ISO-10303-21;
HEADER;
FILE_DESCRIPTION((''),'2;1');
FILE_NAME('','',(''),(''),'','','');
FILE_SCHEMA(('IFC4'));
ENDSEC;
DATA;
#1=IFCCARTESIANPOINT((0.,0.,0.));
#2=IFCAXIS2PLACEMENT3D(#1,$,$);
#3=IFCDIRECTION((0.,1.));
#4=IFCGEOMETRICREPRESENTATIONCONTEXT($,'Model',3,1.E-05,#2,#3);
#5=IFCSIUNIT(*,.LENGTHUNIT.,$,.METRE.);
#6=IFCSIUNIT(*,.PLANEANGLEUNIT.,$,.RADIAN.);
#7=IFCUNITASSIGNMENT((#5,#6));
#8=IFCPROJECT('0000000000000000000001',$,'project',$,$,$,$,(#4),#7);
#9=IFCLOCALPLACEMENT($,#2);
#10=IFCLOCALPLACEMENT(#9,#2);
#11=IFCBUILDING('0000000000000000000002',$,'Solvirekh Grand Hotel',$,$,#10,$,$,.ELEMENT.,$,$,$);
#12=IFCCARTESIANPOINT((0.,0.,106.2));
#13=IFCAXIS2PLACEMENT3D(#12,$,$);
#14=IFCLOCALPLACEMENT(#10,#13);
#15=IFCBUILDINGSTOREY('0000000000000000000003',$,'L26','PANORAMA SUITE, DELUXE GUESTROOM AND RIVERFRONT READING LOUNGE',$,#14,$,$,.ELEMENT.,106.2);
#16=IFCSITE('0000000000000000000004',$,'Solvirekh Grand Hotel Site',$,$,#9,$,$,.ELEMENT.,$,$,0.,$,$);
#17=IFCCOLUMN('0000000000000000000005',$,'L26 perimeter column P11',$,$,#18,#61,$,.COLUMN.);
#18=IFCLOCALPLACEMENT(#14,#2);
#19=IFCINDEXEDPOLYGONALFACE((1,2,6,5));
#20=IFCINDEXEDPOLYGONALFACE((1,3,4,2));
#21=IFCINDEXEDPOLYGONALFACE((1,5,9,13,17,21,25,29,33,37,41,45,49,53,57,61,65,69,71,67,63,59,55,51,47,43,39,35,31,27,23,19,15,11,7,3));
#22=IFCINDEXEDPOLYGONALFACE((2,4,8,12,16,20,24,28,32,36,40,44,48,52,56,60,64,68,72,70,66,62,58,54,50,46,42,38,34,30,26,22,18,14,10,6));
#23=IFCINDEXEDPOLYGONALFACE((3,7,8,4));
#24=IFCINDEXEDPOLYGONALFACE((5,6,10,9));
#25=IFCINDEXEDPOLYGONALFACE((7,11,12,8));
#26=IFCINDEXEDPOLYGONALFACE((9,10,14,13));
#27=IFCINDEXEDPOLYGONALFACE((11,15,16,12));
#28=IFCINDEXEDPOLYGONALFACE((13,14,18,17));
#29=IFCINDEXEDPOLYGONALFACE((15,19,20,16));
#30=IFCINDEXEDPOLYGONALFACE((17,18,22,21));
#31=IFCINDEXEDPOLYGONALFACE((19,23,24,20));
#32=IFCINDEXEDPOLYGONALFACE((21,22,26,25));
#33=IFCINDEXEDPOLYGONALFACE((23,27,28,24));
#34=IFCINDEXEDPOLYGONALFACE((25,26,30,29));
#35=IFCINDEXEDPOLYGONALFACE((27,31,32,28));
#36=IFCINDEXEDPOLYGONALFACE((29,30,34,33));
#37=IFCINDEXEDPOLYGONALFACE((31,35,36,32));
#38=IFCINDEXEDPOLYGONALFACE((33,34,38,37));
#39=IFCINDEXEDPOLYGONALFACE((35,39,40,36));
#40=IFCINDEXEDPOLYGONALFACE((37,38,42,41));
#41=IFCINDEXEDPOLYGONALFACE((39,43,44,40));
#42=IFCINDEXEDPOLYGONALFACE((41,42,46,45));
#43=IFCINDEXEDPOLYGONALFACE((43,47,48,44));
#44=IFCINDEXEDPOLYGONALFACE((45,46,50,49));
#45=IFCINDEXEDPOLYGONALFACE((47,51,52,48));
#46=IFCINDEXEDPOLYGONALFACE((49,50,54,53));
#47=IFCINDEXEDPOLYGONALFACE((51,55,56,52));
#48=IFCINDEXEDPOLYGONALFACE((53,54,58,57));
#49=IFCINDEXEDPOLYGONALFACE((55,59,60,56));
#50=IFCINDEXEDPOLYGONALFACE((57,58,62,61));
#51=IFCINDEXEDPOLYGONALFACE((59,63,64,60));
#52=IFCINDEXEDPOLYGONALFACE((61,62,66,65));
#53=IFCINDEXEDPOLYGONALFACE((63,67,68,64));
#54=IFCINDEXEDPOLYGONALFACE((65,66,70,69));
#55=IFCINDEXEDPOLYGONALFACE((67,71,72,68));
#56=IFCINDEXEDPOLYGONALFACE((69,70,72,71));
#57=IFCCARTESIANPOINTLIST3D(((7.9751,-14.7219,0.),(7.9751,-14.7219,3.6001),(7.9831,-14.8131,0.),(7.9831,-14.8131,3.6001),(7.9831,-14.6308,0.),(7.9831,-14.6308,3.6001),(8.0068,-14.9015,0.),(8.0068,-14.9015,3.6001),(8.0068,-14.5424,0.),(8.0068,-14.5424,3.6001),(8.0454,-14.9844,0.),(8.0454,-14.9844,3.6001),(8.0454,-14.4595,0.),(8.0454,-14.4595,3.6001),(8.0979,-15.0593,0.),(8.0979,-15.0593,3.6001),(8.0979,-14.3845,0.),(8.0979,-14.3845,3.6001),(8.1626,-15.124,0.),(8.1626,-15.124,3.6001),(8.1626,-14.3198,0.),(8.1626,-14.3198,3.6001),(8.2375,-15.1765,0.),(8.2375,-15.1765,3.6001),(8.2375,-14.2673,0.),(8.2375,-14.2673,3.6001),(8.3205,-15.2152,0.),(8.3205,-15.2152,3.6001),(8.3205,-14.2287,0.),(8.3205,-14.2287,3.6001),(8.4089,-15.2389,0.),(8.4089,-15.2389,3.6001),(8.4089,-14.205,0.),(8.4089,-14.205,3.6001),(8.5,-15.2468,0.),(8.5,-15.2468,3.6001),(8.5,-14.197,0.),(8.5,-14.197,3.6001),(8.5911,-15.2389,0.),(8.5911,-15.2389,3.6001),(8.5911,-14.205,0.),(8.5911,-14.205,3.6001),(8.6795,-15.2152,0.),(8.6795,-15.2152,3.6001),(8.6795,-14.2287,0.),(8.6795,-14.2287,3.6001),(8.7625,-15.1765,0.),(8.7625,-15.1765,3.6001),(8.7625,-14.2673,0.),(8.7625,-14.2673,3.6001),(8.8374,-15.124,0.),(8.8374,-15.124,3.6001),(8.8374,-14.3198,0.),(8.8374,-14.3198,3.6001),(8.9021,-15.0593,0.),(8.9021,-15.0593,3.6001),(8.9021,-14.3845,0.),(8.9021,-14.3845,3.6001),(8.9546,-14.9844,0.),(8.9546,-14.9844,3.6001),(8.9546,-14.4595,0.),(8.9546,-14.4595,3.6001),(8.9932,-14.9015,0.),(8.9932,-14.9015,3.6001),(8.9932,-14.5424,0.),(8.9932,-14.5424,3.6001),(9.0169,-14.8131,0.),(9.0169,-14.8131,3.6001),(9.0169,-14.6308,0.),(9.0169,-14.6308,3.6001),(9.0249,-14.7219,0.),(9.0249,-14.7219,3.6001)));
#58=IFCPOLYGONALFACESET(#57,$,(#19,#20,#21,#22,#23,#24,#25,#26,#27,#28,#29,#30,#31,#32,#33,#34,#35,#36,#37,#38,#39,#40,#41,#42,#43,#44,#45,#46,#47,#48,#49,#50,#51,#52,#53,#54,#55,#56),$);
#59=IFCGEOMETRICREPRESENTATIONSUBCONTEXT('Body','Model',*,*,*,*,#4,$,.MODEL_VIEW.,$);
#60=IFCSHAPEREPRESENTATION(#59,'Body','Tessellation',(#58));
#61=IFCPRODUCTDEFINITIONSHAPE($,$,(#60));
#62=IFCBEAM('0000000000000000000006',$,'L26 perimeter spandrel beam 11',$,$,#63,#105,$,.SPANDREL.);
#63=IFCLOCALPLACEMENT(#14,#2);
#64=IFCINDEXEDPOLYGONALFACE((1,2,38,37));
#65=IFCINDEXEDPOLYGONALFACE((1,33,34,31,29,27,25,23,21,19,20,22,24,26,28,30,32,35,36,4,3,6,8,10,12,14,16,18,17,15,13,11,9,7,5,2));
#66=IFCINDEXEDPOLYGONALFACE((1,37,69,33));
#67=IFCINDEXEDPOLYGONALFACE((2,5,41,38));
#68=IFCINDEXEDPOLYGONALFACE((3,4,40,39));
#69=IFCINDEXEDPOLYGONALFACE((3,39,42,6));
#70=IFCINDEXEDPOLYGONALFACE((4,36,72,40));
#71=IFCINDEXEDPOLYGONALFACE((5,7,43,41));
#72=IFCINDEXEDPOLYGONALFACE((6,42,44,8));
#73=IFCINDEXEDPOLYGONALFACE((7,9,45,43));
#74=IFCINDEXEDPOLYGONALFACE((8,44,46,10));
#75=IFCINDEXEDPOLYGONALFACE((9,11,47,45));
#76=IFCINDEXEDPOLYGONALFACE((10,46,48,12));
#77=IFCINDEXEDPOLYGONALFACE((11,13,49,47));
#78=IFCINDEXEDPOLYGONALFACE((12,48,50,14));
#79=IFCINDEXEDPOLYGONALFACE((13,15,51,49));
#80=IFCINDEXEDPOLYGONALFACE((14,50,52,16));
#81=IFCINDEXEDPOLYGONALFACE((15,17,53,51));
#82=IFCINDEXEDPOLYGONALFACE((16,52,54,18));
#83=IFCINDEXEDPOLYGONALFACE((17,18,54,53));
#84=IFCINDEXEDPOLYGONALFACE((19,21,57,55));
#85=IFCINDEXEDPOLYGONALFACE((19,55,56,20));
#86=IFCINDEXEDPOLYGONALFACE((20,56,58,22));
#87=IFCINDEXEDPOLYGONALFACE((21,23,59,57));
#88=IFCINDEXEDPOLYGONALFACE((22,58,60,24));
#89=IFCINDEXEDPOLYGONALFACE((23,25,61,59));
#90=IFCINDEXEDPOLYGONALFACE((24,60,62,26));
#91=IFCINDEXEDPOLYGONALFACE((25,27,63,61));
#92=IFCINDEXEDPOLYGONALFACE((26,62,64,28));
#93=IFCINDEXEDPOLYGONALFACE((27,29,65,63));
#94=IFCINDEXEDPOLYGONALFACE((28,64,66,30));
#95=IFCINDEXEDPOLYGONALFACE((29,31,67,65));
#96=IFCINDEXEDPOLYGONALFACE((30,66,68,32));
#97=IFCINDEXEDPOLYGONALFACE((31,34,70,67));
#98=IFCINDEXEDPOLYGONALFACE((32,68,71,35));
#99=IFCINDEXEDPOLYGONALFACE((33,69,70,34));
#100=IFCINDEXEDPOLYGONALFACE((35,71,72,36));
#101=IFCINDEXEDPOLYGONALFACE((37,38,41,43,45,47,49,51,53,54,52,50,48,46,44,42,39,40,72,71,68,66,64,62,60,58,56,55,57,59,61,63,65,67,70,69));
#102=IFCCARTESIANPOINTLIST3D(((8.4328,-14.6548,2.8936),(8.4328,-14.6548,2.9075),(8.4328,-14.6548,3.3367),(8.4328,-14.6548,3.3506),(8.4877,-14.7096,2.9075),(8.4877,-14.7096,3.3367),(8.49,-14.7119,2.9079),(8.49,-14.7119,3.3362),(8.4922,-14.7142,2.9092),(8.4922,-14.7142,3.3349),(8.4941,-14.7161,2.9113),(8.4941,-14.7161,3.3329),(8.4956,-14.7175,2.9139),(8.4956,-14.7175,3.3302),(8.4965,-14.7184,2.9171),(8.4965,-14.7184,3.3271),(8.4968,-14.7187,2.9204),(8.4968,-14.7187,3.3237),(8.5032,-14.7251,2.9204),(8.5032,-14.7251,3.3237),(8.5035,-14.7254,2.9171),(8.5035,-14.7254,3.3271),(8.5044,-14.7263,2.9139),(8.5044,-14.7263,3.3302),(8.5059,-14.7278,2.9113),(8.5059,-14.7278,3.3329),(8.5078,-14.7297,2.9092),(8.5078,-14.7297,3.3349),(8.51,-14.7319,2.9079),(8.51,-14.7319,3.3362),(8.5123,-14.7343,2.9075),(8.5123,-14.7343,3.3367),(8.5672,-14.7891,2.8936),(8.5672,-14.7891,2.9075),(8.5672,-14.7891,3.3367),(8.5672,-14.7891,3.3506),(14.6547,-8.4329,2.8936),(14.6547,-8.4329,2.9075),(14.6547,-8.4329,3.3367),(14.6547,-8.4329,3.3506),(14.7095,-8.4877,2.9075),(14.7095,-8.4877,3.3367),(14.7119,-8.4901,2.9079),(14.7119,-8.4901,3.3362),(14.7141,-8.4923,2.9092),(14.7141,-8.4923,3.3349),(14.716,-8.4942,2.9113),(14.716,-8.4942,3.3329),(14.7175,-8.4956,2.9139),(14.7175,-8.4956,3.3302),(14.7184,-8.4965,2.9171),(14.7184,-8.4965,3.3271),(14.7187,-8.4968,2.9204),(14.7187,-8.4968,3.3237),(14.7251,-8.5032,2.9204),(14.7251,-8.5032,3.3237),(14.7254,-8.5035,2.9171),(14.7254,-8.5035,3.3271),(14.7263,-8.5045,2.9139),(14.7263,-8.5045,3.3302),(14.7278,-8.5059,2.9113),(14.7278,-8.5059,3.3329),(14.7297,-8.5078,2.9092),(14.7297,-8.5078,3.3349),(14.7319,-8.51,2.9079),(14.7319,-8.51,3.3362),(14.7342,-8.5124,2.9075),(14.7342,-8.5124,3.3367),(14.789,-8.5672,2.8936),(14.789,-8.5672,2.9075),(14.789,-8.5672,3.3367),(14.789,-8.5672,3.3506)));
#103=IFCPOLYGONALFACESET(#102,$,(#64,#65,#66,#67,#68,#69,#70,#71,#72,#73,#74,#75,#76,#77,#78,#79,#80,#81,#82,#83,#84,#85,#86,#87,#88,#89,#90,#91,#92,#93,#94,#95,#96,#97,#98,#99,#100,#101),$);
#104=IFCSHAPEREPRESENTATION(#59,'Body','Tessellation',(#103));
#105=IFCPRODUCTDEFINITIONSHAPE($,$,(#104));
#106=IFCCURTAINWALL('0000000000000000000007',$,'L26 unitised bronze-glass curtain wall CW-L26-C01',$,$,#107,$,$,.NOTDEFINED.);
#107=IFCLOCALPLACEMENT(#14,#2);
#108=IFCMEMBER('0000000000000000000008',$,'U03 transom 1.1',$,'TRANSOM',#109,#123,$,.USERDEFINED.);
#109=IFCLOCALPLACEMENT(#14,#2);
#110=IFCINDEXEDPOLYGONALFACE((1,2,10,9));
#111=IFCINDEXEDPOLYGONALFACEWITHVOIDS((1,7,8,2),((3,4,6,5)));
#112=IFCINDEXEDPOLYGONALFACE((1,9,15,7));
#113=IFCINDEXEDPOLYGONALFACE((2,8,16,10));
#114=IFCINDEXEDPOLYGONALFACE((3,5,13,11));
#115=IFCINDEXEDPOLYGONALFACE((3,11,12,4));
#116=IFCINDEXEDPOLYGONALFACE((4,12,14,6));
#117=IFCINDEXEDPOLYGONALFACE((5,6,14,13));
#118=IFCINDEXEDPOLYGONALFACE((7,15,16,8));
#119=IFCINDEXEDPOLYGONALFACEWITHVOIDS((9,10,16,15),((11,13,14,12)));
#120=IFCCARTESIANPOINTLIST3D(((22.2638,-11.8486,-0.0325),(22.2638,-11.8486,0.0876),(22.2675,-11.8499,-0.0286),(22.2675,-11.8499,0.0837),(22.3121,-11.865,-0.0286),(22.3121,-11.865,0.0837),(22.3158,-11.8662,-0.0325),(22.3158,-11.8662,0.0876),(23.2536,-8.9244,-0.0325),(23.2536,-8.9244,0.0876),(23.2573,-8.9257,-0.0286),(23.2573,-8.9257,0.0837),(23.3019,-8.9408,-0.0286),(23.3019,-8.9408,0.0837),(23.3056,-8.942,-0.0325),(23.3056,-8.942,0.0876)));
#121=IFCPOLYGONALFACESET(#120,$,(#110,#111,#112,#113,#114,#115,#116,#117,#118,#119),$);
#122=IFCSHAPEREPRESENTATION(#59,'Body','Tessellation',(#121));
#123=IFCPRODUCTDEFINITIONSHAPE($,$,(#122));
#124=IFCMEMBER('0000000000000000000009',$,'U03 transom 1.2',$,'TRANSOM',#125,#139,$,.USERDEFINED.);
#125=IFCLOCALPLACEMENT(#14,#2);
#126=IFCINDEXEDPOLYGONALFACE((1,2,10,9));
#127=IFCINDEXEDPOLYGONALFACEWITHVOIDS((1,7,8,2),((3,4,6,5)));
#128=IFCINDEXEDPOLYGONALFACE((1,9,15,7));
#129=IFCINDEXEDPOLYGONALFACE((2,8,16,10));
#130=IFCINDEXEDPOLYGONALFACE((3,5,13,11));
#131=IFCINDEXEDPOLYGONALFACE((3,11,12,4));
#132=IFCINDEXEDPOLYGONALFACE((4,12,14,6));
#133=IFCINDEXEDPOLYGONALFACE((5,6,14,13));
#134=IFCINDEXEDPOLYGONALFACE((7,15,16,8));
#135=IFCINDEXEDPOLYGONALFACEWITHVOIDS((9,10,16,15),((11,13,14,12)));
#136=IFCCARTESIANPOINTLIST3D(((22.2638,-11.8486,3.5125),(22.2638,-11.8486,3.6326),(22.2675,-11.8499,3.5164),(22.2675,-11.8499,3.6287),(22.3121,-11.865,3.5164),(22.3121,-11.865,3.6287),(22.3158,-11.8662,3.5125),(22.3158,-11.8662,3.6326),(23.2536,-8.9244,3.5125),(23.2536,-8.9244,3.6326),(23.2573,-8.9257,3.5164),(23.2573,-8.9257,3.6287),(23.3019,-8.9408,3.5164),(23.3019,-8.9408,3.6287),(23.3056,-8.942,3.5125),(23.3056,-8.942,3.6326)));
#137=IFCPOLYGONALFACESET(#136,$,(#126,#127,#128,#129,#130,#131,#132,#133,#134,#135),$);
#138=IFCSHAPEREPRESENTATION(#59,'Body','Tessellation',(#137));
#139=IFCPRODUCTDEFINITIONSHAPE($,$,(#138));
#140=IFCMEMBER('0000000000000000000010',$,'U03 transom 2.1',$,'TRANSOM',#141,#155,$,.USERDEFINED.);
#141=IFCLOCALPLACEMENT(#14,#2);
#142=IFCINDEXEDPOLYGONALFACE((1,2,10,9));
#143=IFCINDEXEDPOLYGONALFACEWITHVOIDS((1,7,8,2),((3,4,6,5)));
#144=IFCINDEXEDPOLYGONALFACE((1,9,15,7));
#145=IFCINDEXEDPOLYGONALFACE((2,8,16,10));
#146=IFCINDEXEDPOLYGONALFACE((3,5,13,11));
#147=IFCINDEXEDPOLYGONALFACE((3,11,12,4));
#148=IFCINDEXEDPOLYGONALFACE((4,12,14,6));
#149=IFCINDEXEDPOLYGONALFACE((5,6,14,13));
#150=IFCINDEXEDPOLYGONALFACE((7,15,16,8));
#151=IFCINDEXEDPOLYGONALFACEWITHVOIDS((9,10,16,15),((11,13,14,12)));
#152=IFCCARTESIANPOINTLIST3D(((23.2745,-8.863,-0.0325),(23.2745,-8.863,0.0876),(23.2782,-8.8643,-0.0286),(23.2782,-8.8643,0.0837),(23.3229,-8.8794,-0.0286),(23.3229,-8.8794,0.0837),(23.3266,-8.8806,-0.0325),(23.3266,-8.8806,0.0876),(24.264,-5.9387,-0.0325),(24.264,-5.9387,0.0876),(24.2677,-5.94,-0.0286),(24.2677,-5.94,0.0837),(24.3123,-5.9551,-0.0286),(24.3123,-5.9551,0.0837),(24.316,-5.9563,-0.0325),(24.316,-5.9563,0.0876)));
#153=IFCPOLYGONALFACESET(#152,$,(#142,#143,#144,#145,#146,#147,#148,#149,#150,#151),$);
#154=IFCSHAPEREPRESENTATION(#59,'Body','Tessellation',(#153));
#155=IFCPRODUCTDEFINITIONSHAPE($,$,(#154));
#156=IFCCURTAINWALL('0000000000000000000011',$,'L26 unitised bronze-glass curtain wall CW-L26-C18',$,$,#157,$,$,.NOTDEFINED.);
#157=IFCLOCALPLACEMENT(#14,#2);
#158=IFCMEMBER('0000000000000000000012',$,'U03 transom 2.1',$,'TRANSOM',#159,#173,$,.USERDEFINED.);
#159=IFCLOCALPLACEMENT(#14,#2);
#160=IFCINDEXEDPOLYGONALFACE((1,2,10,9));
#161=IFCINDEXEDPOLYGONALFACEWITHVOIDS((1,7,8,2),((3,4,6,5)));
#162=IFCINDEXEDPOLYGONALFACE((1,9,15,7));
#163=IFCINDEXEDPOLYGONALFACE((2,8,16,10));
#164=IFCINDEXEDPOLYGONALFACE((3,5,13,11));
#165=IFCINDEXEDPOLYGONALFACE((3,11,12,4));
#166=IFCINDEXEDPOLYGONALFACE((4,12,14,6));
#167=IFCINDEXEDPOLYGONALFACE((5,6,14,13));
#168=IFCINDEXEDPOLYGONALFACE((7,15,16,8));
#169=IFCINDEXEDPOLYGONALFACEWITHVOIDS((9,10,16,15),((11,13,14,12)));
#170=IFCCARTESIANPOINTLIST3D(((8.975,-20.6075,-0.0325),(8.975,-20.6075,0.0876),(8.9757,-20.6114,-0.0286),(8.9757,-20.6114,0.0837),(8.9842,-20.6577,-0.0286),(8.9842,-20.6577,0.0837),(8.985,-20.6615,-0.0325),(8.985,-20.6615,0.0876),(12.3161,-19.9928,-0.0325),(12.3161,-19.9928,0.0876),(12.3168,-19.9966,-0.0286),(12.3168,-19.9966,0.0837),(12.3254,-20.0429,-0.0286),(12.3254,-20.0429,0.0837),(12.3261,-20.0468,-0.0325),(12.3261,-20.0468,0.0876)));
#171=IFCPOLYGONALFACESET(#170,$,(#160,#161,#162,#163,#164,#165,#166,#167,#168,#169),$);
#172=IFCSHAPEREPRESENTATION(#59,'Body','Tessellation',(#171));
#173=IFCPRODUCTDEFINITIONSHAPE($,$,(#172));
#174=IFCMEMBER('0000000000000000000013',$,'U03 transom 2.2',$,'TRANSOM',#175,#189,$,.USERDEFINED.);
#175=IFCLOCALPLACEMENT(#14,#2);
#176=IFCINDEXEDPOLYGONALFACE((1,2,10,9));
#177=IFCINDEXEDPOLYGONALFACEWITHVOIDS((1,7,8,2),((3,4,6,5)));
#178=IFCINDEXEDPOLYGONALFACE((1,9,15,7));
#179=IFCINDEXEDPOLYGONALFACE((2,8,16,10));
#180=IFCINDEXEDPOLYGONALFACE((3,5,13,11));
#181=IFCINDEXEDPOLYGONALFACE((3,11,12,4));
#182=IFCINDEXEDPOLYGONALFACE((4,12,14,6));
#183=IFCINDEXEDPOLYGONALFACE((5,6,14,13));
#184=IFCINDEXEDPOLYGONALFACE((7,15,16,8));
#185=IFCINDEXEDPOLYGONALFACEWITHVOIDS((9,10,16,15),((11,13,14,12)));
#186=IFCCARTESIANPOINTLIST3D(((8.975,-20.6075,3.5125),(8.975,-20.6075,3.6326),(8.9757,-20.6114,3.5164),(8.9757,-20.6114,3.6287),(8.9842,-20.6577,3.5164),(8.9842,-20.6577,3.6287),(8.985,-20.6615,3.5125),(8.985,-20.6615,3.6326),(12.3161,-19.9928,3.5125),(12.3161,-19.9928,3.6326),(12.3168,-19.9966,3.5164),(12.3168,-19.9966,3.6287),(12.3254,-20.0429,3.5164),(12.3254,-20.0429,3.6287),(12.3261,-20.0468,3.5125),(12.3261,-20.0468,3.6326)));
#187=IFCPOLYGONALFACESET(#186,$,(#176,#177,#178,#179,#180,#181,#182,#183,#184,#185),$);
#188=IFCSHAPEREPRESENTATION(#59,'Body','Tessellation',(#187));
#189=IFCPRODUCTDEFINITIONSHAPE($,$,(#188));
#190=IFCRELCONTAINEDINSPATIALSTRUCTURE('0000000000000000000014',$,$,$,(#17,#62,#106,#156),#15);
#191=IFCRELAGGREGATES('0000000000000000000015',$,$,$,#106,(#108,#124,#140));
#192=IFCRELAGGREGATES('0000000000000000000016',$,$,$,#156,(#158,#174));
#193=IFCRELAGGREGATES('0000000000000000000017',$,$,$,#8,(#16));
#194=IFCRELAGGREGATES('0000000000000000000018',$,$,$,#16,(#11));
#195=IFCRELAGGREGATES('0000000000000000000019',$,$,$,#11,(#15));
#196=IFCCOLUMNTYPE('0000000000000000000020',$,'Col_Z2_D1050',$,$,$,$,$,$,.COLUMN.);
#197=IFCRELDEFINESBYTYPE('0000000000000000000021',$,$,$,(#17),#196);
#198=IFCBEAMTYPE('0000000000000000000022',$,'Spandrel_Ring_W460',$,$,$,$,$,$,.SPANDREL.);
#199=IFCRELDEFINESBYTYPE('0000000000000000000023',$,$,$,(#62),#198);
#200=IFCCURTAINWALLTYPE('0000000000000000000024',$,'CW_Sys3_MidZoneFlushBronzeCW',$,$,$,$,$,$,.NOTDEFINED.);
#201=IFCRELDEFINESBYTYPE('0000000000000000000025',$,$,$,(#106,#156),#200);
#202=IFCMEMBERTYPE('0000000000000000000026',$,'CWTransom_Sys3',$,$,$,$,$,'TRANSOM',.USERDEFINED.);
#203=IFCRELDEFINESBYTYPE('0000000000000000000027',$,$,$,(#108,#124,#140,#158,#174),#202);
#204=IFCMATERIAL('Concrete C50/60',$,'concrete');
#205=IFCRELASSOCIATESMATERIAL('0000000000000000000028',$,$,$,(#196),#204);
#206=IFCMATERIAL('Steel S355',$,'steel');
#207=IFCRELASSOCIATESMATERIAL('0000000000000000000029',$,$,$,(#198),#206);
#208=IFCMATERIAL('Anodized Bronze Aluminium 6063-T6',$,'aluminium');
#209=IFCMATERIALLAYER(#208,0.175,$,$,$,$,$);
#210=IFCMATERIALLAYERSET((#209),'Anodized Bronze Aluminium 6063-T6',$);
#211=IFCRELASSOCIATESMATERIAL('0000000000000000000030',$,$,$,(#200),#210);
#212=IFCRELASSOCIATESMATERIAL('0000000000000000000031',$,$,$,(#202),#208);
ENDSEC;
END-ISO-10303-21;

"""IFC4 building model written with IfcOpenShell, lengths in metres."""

from ifc_helpers import new_model, si_unit, direction, frame, origin, origin_2d, place, context, subcontext, project, spatial, hollow_rectangle, circle, i_section, extrude, source, transform, mapped, material, layer, layer_set, material_profile, profile_set, type_object, element, aggregate, save


model = new_model("IFC4")

# Units and contexts
model_context = context("Model", 3, precision=1e-05, world=origin(), true_north=direction((0.0, 1.0)))
body_context = subcontext(model_context, "Body", "Model", "MODEL_VIEW")
ifc_project = project(units=[si_unit("LENGTHUNIT", "METRE"), si_unit("PLANEANGLEUNIT", "RADIAN")], contexts=[model_context])

# Site, building, storey
site_placement = place(None, origin())
site = spatial("IfcSite", under=ifc_project, at=site_placement, Name="Solvirekh Grand Hotel Site", CompositionType="ELEMENT", RefElevation=0.0)
building_placement = place(site_placement, origin())
building = spatial("IfcBuilding", under=site, at=building_placement, Name="Solvirekh Grand Hotel", CompositionType="ELEMENT")
storey_placement = place(building_placement, frame((0.0, 0.0, 106.2)))
storey = spatial("IfcBuildingStorey", under=building, at=storey_placement, Name="L26", Description="PANORAMA SUITE, DELUXE GUESTROOM AND RIVERFRONT READING LOUNGE", CompositionType="ELEMENT", Elevation=106.2)

# Column
ifc_material_1 = material(Name="Concrete C50/60", Category="concrete")
ifc_material_profile_1 = material_profile(ifc_material_1, circle(Radius=0.5249, at=origin_2d()), Name="RC CIRC D1050")
ifc_profile_set_1 = profile_set([ifc_material_profile_1], Name="Concrete C50/60")
column_type = type_object("IfcColumnType", Name="Col_Z2_D1050", PredefinedType="COLUMN", material=ifc_profile_set_1)
column_placement = place(storey_placement, frame((8.5, -14.7219, 0.0), z_axis=(0.0, 0.0, 1.0), x_axis=(1.0, 0.0, 0.0)))
element("IfcColumn", 1, at=column_placement, inside=storey, type_object=column_type, Name="L26 perimeter column P11", PredefinedType="COLUMN", context=body_context, shape_type="SweptSolid", body=[
    extrude(circle(Radius=0.5249, at=origin_2d()), origin(), (0.0, 0.0, 1.0), 3.6001),
])

# Beam
ifc_material_2 = material(Name="Steel S355", Category="steel")
ifc_material_profile_2 = material_profile(ifc_material_2, i_section(OverallWidth=0.1899, OverallDepth=0.457, WebThickness=0.009, FlangeThickness=0.0139, FilletRadius=0.0129, at=origin_2d()), Name="W460X74")
ifc_profile_set_2 = profile_set([ifc_material_profile_2], Name="Steel S355")
beam_type = type_object("IfcBeamType", Name="Spandrel_Ring_W460", PredefinedType="SPANDREL", material=ifc_profile_set_2)
beam_placement = place(storey_placement, frame((8.5, -14.7219, 3.1221), z_axis=(0.707107, 0.707107, 0.0), x_axis=(-0.707107, 0.707107, 0.0)))
element("IfcBeam", 2, at=beam_placement, inside=storey, type_object=beam_type, Name="L26 perimeter spandrel beam 11", PredefinedType="SPANDREL", context=body_context, shape_type="SweptSolid", body=[
    extrude(i_section(OverallWidth=0.1899, OverallDepth=0.457, WebThickness=0.009, FlangeThickness=0.0139, FilletRadius=0.0129, at=origin_2d()), origin(), (0.0, 0.0, 1.0), 8.7991),
])

# Curtain walls, members
ifc_material_3 = material(Name="Anodized Bronze Aluminium 6063-T6", Category="aluminium")
ifc_layer_1 = layer(ifc_material_3, 0.175)
ifc_layer_set_1 = layer_set([ifc_layer_1], Name="Anodized Bronze Aluminium 6063-T6")
curtain_wall_type = type_object("IfcCurtainWallType", Name="CW_Sys3_MidZoneFlushBronzeCW", PredefinedType="NOTDEFINED", material=ifc_layer_set_1)
curtain_wall_1_placement = place(storey_placement, origin())
curtain_wall_1 = element("IfcCurtainWall", 3, at=curtain_wall_1_placement, inside=storey, type_object=curtain_wall_type, Name="L26 unitised bronze-glass curtain wall CW-L26-C01", PredefinedType="NOTDEFINED")
ifc_material_profile_3 = material_profile(ifc_material_3, hollow_rectangle(XDim=0.0549, YDim=0.1201, WallThickness=0.0039, at=origin_2d()), Name="ALU RHS 120X55X4")
ifc_profile_set_3 = profile_set([ifc_material_profile_3], Name="Anodized Bronze Aluminium 6063-T6")
member_type_1 = type_object("IfcMemberType", Name="CWTransom_Sys3", ElementType="TRANSOM", PredefinedType="USERDEFINED", material=ifc_profile_set_3)
shared_shape_1 = source(origin(), body_context, "Body", "SweptSolid", [
    extrude(hollow_rectangle(XDim=0.0549, YDim=0.1201, WallThickness=0.0039, at=origin_2d()), origin(), (0.0, 0.0, 1.0), 3.0872),
])
member_1_placement = place(storey_placement, frame((22.2898, -11.8574, 0.0276), z_axis=(0.320614, 0.94721, 0.0), x_axis=(-0.94721, 0.320614, 0.0)))
member_1 = element("IfcMember", 4, at=member_1_placement, type_object=member_type_1, Name="U03 transom 1.1", ObjectType="TRANSOM", PredefinedType="USERDEFINED", context=body_context, shape_type="MappedRepresentation", body=[
    mapped(shared_shape_1, transform((0.0, 0.0, 0.0), x_axis=(1.0, 0.0, 0.0), y_axis=(0.0, 1.0, 0.0), z_axis=(0.0, 0.0, 1.0), scale=1.0)),
])
member_2_placement = place(storey_placement, frame((22.2898, -11.8574, 3.5725), z_axis=(0.320614, 0.94721, 0.0), x_axis=(-0.94721, 0.320614, 0.0)))
member_2 = element("IfcMember", 5, at=member_2_placement, type_object=member_type_1, Name="U03 transom 1.2", ObjectType="TRANSOM", PredefinedType="USERDEFINED", context=body_context, shape_type="MappedRepresentation", body=[
    mapped(shared_shape_1, transform((0.0, 0.0, 0.0), x_axis=(1.0, 0.0, 0.0), y_axis=(0.0, 1.0, 0.0), z_axis=(0.0, 0.0, 1.0), scale=1.0)),
])
member_3_placement = place(storey_placement, frame((23.3005, -8.8718, 0.0276), z_axis=(0.320519, 0.947242, 0.0), x_axis=(-0.947242, 0.320519, 0.0)))
member_3 = element("IfcMember", 6, at=member_3_placement, type_object=member_type_1, Name="U03 transom 2.1", ObjectType="TRANSOM", PredefinedType="USERDEFINED", context=body_context, shape_type="MappedRepresentation", body=[
    mapped(shared_shape_1, transform((0.0, 0.0, 0.0), x_axis=(1.0, 0.0, 0.0), y_axis=(0.0, 1.0, 0.0), z_axis=(0.0, 0.0, 1.0), scale=1.0)),
])
curtain_wall_2_placement = place(storey_placement, origin())
curtain_wall_2 = element("IfcCurtainWall", 7, at=curtain_wall_2_placement, inside=storey, type_object=curtain_wall_type, Name="L26 unitised bronze-glass curtain wall CW-L26-C18", PredefinedType="NOTDEFINED")
shared_shape_2 = source(origin(), body_context, "Body", "SweptSolid", [
    extrude(hollow_rectangle(XDim=0.0549, YDim=0.1201, WallThickness=0.0039, at=origin_2d()), origin(), (0.0, 0.0, 1.0), 3.3972),
])
member_4_placement = place(storey_placement, frame((8.98, -20.6345, 0.0276), z_axis=(0.983491, 0.180959, 0.0), x_axis=(-0.180959, 0.983491, 0.0)))
member_4 = element("IfcMember", 8, at=member_4_placement, type_object=member_type_1, Name="U03 transom 2.1", ObjectType="TRANSOM", PredefinedType="USERDEFINED", context=body_context, shape_type="MappedRepresentation", body=[
    mapped(shared_shape_2, transform((0.0, 0.0, 0.0), x_axis=(1.0, 0.0, 0.0), y_axis=(0.0, 1.0, 0.0), z_axis=(0.0, 0.0, 1.0), scale=1.0)),
])
member_5_placement = place(storey_placement, frame((8.98, -20.6345, 3.5725), z_axis=(0.983491, 0.180959, 0.0), x_axis=(-0.180959, 0.983491, 0.0)))
member_5 = element("IfcMember", 9, at=member_5_placement, type_object=member_type_1, Name="U03 transom 2.2", ObjectType="TRANSOM", PredefinedType="USERDEFINED", context=body_context, shape_type="MappedRepresentation", body=[
    mapped(shared_shape_2, transform((0.0, 0.0, 0.0), x_axis=(1.0, 0.0, 0.0), y_axis=(0.0, 1.0, 0.0), z_axis=(0.0, 0.0, 1.0), scale=1.0)),
])

aggregate(curtain_wall_1, [member_1, member_2, member_3])
aggregate(curtain_wall_2, [member_4, member_5])

save(model, "model.ifc")
